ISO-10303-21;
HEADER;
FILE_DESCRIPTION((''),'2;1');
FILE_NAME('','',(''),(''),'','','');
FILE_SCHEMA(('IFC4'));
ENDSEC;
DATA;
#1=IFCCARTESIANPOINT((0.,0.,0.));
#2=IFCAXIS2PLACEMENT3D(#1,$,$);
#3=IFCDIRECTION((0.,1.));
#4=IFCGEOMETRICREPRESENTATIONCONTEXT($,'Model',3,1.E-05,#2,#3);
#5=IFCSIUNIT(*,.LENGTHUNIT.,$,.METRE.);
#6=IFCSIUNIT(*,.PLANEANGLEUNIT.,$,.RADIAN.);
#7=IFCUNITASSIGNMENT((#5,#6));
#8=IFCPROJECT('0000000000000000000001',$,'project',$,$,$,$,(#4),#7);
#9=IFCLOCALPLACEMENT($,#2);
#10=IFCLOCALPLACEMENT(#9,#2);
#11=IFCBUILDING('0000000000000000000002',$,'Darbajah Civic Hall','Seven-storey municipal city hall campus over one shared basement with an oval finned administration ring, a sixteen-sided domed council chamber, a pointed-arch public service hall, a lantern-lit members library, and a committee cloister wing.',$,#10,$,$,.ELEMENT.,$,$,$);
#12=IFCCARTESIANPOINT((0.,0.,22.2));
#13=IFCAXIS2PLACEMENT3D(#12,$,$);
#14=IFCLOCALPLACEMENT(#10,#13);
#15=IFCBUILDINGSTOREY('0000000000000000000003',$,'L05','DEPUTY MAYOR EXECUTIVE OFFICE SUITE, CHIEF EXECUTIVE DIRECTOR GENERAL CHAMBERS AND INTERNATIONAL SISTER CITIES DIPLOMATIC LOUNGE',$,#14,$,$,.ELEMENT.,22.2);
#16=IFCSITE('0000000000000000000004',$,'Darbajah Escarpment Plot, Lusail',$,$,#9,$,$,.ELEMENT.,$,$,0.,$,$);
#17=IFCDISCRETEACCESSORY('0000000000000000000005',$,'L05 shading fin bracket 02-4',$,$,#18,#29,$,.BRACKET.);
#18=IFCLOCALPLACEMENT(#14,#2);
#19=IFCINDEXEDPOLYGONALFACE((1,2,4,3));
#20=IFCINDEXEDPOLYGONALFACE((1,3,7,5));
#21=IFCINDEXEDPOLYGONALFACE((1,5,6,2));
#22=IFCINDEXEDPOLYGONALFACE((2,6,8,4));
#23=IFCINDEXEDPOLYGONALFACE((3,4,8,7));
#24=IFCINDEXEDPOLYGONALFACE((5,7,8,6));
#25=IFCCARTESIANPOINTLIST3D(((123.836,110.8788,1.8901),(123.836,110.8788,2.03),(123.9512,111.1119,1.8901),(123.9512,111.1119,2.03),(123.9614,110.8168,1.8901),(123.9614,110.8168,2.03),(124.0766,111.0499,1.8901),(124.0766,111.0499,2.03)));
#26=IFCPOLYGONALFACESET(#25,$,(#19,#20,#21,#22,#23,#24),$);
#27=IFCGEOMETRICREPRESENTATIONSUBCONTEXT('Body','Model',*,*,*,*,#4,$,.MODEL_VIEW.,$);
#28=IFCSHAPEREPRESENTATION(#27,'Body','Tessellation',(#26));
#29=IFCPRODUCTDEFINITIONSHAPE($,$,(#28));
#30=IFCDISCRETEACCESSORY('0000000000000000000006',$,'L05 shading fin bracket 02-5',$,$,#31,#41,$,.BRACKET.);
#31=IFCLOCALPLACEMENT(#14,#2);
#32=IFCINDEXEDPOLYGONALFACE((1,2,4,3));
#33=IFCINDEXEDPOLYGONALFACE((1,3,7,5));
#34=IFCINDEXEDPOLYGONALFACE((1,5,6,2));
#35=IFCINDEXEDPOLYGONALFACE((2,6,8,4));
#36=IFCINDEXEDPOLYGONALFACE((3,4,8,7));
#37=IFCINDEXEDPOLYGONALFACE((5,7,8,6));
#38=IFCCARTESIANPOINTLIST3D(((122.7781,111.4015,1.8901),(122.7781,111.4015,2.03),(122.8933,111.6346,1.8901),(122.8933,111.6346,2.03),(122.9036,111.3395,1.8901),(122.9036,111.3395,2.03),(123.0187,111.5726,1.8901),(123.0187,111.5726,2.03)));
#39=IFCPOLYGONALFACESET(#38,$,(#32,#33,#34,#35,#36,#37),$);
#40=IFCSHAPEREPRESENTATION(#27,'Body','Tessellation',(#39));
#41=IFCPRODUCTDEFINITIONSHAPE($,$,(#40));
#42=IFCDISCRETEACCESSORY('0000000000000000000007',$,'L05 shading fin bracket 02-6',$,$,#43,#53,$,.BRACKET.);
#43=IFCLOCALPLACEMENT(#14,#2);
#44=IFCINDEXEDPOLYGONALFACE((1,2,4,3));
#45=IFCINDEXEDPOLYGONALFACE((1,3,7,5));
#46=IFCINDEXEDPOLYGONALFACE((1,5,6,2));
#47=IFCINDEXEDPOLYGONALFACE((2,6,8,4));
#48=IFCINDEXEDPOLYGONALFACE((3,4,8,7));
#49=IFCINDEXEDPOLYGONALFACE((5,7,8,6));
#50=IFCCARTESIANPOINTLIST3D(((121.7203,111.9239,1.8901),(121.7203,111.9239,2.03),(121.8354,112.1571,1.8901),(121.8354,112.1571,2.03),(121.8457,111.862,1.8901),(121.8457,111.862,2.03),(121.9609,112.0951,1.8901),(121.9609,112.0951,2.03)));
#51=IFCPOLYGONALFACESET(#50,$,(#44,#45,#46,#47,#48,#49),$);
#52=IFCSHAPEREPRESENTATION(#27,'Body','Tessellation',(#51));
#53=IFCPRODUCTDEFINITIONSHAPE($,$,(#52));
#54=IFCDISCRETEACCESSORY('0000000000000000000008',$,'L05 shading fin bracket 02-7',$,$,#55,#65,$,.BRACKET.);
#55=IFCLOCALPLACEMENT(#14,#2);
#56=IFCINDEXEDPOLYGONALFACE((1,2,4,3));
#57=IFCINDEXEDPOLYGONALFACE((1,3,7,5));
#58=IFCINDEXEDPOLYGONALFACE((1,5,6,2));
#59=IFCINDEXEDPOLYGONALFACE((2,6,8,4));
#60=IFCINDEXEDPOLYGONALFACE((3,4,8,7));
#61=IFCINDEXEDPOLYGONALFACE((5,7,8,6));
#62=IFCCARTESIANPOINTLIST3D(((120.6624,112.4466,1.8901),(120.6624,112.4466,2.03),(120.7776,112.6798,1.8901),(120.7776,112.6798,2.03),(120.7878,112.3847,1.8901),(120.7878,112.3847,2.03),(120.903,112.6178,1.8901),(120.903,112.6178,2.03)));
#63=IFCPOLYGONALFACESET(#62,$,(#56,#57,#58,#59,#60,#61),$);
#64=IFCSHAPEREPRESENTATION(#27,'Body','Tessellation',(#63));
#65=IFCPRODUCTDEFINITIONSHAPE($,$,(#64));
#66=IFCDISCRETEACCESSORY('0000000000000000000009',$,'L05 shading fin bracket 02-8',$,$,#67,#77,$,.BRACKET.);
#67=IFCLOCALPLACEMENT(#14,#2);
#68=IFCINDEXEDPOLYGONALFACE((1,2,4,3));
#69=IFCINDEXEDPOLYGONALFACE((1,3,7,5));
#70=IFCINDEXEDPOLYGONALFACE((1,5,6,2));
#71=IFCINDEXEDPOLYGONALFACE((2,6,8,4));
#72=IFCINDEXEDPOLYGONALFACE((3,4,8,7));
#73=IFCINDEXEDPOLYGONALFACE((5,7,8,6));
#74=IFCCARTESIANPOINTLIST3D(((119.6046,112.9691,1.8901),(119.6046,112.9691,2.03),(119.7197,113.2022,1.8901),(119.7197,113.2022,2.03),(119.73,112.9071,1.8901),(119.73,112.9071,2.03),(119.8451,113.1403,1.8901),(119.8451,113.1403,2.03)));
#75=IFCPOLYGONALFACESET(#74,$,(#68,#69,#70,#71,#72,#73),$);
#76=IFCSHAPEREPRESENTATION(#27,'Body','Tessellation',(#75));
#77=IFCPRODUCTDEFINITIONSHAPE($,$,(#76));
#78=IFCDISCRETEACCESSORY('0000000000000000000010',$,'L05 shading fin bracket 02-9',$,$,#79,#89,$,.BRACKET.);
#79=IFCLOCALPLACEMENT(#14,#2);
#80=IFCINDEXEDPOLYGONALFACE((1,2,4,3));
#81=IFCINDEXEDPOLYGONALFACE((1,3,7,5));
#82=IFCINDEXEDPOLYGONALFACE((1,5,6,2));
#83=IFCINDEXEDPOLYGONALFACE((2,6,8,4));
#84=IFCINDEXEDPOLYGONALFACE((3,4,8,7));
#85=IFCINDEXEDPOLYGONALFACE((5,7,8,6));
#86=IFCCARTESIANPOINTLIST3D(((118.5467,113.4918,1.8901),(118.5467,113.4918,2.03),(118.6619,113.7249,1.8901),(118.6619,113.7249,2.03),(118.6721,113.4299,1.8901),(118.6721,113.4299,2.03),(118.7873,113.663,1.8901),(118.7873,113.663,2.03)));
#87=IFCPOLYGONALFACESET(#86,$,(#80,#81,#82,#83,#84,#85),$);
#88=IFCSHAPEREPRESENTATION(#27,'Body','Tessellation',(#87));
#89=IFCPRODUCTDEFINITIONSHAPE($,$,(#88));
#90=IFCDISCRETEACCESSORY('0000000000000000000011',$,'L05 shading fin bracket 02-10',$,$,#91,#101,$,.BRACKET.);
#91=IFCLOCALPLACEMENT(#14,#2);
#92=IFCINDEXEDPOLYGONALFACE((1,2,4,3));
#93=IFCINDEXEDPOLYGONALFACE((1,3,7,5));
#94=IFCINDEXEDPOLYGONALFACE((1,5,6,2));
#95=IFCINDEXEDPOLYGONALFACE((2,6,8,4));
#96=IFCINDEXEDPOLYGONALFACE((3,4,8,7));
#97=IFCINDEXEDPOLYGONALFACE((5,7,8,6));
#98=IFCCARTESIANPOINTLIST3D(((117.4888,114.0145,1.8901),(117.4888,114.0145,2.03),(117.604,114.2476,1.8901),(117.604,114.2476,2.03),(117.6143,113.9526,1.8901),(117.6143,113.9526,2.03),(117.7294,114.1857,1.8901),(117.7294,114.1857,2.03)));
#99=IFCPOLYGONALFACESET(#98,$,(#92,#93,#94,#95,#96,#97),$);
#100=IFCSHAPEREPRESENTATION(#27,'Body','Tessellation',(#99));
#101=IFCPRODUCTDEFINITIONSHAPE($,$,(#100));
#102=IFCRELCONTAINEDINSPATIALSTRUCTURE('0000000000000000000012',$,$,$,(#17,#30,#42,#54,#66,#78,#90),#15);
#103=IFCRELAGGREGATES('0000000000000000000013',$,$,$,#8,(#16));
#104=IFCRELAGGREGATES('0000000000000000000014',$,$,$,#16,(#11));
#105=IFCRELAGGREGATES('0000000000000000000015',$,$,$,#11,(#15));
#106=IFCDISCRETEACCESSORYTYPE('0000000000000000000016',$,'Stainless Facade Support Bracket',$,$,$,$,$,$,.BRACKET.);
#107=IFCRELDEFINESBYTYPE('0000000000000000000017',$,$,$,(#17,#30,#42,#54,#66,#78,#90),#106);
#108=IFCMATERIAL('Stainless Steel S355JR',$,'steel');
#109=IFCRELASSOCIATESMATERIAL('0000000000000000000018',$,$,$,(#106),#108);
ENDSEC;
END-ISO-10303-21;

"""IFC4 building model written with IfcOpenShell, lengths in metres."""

from ifc_helpers import new_model, si_unit, direction, frame, origin, origin_2d, place, context, subcontext, project, spatial, rectangle, extrude, material, type_object, element, save


model = new_model("IFC4")

# Units and contexts
model_context = context("Model", 3, precision=1e-05, world=origin(), true_north=direction((0.0, 1.0)))
body_context = subcontext(model_context, "Body", "Model", "MODEL_VIEW")
ifc_project = project(units=[si_unit("LENGTHUNIT", "METRE"), si_unit("PLANEANGLEUNIT", "RADIAN")], contexts=[model_context])

# Site, building, storey
site_placement = place(None, origin())
site = spatial("IfcSite", under=ifc_project, at=site_placement, Name="Darbajah Escarpment Plot, Lusail", CompositionType="ELEMENT", RefElevation=0.0)
building_placement = place(site_placement, origin())
building = spatial("IfcBuilding", under=site, at=building_placement, Name="Darbajah Civic Hall", Description="Seven-storey municipal city hall campus over one shared basement with an oval finned administration ring, a sixteen-sided domed council chamber, a pointed-arch public service hall, a lantern-lit members library, and a committee cloister wing.", CompositionType="ELEMENT")
storey_placement = place(building_placement, frame((0.0, 0.0, 22.2)))
storey = spatial("IfcBuildingStorey", under=building, at=storey_placement, Name="L05", Description="DEPUTY MAYOR EXECUTIVE OFFICE SUITE, CHIEF EXECUTIVE DIRECTOR GENERAL CHAMBERS AND INTERNATIONAL SISTER CITIES DIPLOMATIC LOUNGE", CompositionType="ELEMENT", Elevation=22.2)

# Discrete accessories
ifc_material_1 = material(Name="Stainless Steel S355JR", Category="steel")
discrete_accessory_type = type_object("IfcDiscreteAccessoryType", Name="Stainless Facade Support Bracket", PredefinedType="BRACKET", material=ifc_material_1)
for number, where, z_axis, x_axis, name in (
    (1, (123.9563, 110.9644, 1.8901), (0.0, 0.0, 1.0), (0.442915, 0.896564, 0.0), "L05 shading fin bracket 02-4"),
    (2, (122.8984, 111.4871, 1.8901), (0.0, 0.0, 1.0), (0.442915, 0.896564, 0.0), "L05 shading fin bracket 02-5"),
    (3, (121.8406, 112.0095, 1.8901), (0.0, 0.0, 1.0), (0.442915, 0.896564, 0.0), "L05 shading fin bracket 02-6"),
    (4, (120.7827, 112.5322, 1.8901), (0.0, 0.0, 1.0), (0.442915, 0.896564, 0.0), "L05 shading fin bracket 02-7"),
    (5, (119.7249, 113.0547, 1.8901), (0.0, 0.0, 1.0), (0.442915, 0.896564, 0.0), "L05 shading fin bracket 02-8"),
    (6, (118.667, 113.5774, 1.8901), (0.0, 0.0, 1.0), (0.442915, 0.896564, 0.0), "L05 shading fin bracket 02-9"),
    (7, (117.6091, 114.1001, 1.8901), (0.0, 0.0, 1.0), (0.442915, 0.896564, 0.0), "L05 shading fin bracket 02-10"),
):
    element("IfcDiscreteAccessory", number, at=place(storey_placement, frame(where, z_axis=z_axis, x_axis=x_axis)), inside=storey, type_object=discrete_accessory_type, Name=name, PredefinedType="BRACKET", context=body_context, shape_type="SweptSolid", body=[
        extrude(rectangle(XDim=0.26, YDim=0.1399, at=origin_2d()), origin(), (0.0, 0.0, 1.0), 0.1399),
    ])

save(model, "model.ifc")
